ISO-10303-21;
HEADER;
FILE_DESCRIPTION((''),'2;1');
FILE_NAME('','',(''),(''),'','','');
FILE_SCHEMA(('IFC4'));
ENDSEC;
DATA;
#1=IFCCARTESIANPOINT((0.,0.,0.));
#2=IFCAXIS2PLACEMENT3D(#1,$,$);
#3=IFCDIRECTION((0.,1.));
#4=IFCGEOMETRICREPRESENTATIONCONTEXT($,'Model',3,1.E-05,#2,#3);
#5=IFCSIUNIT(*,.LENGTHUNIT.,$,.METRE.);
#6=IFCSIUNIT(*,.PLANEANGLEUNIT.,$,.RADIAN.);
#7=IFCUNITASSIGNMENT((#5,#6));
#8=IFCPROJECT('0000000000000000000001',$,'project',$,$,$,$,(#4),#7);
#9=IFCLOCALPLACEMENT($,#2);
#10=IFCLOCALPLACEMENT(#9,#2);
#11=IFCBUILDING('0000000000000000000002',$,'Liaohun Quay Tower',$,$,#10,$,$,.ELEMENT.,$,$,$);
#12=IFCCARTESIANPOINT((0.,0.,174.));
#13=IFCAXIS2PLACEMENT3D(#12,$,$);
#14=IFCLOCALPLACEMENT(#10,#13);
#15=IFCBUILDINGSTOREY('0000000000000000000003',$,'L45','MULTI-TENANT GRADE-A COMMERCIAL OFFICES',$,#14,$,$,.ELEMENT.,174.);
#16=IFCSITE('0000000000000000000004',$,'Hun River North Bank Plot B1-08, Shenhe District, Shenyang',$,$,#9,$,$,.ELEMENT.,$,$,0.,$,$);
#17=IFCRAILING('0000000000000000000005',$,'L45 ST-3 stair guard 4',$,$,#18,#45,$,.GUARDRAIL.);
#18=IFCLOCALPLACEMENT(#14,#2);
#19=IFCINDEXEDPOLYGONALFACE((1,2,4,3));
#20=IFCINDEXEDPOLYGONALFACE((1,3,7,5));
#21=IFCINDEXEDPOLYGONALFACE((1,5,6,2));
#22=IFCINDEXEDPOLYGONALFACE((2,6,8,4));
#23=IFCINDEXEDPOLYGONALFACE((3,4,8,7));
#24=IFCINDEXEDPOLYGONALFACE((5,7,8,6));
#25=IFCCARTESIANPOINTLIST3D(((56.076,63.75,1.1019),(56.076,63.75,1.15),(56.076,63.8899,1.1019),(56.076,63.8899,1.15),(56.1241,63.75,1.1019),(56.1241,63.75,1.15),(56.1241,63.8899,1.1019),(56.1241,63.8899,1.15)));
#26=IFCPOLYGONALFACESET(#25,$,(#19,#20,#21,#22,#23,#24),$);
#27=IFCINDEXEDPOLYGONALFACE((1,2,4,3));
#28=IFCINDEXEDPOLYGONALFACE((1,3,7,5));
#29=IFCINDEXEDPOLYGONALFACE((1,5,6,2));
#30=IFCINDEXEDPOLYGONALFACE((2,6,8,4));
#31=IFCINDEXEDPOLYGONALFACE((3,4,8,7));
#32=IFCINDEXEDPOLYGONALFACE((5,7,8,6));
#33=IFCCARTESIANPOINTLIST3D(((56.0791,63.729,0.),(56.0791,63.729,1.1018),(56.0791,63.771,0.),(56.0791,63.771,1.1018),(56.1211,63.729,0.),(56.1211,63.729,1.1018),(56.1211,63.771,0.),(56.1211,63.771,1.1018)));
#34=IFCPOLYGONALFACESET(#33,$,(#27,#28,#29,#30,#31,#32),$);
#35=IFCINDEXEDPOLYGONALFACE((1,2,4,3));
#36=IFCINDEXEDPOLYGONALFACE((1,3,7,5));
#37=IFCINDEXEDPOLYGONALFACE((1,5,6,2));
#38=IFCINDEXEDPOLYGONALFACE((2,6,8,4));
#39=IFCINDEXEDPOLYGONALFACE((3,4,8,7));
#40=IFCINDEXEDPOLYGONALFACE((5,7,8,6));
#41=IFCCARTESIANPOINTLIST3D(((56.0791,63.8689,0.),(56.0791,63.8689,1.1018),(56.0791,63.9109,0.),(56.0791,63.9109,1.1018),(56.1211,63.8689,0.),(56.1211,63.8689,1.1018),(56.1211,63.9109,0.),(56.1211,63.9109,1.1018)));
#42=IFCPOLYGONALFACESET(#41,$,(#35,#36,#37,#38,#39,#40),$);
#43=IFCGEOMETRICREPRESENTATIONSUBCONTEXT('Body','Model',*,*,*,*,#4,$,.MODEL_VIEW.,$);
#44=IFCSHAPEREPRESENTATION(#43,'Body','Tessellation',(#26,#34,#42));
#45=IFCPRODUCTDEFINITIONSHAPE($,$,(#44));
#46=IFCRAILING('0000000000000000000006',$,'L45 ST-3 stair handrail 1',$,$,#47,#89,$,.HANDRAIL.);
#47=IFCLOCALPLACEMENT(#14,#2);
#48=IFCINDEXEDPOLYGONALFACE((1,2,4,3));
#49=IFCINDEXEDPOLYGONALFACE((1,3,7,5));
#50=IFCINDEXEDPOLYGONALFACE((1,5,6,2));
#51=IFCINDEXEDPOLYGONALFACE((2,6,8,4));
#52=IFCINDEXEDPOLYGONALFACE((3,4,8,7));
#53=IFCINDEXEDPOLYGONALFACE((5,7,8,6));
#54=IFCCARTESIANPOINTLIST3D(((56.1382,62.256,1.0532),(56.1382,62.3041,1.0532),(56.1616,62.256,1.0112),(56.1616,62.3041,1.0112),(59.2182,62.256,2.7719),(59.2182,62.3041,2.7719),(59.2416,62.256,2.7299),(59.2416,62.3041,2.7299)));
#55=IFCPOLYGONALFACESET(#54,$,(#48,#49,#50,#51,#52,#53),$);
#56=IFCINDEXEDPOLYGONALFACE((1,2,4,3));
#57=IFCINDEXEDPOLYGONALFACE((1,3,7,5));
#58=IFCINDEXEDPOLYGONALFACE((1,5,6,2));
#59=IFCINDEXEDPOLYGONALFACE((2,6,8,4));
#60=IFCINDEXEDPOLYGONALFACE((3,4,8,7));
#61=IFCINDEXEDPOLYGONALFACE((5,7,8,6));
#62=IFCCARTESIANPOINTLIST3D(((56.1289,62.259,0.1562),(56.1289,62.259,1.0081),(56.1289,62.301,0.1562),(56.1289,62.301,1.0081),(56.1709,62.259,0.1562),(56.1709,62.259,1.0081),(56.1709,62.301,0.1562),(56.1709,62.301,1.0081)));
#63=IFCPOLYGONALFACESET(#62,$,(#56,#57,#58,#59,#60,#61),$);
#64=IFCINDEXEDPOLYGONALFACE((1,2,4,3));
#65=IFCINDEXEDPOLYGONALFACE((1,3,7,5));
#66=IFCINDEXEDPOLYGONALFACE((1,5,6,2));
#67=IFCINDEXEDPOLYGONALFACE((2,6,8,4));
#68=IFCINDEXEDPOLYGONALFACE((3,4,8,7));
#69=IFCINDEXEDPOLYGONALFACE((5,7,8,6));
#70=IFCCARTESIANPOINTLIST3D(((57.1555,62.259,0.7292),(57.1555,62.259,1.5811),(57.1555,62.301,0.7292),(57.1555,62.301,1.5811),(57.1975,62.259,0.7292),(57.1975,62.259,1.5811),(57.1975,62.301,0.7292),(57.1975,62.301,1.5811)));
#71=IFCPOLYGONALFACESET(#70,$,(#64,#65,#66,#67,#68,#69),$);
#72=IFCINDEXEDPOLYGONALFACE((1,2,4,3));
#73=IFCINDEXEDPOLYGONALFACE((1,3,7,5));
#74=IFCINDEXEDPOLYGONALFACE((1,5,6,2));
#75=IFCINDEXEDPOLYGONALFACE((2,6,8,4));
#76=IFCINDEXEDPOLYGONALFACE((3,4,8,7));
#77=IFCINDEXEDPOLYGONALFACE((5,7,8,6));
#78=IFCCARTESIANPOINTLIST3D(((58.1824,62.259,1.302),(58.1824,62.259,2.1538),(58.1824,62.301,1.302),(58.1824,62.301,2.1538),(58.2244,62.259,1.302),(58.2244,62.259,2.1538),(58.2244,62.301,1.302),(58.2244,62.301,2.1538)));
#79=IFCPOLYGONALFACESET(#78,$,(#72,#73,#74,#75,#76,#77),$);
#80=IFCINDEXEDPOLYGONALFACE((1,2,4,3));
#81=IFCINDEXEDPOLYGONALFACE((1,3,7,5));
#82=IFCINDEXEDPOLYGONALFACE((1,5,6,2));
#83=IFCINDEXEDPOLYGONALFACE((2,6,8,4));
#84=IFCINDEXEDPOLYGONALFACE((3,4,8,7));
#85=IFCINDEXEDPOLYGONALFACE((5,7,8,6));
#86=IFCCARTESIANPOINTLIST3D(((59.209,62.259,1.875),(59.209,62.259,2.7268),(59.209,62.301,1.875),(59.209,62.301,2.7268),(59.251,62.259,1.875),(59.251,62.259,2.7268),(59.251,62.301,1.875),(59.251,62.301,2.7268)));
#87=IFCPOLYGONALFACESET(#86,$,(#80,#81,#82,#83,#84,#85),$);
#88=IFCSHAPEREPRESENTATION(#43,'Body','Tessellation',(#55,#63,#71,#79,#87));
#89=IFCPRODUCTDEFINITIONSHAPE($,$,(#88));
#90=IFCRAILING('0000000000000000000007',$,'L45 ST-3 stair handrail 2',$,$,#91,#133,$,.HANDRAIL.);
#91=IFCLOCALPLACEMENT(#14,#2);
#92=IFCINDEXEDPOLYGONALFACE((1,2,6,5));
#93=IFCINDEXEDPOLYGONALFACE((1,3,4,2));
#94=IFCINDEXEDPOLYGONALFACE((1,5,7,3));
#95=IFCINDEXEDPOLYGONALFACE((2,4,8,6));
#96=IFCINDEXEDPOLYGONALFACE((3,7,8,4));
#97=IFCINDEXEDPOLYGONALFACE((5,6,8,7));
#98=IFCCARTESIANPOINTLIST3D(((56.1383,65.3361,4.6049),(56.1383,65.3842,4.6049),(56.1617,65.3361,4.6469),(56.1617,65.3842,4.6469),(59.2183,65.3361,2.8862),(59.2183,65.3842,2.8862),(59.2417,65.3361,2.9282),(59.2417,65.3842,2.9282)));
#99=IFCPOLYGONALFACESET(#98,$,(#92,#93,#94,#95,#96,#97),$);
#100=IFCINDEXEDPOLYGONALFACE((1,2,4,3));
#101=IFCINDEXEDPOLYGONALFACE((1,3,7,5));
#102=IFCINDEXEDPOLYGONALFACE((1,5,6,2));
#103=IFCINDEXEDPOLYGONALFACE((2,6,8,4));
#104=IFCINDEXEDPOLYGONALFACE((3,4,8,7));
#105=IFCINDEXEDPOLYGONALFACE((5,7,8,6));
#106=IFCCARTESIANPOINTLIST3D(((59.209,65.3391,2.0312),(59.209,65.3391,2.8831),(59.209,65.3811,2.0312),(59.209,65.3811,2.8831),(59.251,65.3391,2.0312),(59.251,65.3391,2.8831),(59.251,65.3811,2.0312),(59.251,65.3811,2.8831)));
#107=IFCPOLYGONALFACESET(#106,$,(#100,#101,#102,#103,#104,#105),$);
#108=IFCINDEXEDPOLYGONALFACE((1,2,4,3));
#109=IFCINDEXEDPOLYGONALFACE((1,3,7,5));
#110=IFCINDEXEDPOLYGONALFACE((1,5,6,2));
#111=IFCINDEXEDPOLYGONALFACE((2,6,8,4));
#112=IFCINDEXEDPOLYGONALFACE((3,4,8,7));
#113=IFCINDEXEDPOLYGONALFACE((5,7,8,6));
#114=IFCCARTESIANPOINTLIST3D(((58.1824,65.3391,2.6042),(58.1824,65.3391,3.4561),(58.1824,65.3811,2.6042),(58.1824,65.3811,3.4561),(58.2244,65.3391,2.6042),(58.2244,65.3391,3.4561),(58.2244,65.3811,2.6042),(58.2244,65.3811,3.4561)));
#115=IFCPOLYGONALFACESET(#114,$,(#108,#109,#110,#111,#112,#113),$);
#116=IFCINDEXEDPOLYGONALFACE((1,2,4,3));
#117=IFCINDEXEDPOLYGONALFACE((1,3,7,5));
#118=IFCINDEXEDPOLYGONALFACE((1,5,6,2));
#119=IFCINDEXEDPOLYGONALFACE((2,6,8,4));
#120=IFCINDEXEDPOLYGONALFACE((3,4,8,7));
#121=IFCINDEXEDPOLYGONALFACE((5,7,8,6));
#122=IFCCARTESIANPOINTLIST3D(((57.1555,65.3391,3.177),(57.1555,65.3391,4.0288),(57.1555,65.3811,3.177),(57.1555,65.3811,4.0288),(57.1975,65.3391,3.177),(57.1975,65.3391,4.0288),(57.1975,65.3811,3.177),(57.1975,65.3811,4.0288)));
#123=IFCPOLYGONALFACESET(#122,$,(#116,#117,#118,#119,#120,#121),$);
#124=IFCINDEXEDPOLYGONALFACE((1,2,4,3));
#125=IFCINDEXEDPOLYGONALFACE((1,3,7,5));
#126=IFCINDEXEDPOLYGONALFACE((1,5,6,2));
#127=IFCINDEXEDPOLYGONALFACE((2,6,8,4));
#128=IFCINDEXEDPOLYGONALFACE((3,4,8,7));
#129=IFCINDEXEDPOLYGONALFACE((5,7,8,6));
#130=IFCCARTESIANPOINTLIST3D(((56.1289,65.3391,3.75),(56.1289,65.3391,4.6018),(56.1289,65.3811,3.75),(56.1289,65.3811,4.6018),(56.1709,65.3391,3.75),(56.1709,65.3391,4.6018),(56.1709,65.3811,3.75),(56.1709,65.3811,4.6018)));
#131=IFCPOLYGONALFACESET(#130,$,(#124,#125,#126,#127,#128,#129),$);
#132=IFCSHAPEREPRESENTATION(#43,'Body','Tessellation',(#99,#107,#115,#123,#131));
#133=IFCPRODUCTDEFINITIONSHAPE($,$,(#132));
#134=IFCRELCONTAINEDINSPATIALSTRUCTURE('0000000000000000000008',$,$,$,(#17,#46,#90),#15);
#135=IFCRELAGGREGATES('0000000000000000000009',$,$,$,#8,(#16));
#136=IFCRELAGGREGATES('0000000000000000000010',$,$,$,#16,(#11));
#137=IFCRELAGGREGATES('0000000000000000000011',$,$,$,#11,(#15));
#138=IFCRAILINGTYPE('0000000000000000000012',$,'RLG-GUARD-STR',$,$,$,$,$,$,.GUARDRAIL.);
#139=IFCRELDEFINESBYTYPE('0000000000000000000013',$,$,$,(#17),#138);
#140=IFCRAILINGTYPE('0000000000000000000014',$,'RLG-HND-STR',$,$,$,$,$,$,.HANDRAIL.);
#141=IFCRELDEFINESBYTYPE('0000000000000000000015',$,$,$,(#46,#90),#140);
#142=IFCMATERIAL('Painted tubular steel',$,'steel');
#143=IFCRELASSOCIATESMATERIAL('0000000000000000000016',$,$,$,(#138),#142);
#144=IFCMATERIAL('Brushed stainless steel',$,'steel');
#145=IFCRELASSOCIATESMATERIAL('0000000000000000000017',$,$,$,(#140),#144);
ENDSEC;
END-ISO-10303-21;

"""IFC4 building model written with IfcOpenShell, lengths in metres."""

from ifc_helpers import new_model, si_unit, direction, frame, origin, origin_2d, place, context, subcontext, project, spatial, rectangle, extrude, material, type_object, element, save


model = new_model("IFC4")

# Units and contexts
model_context = context("Model", 3, precision=1e-05, world=origin(), true_north=direction((0.0, 1.0)))
body_context = subcontext(model_context, "Body", "Model", "MODEL_VIEW")
ifc_project = project(units=[si_unit("LENGTHUNIT", "METRE"), si_unit("PLANEANGLEUNIT", "RADIAN")], contexts=[model_context])

# Site, building, storey
site_placement = place(None, origin())
site = spatial("IfcSite", under=ifc_project, at=site_placement, Name="Hun River North Bank Plot B1-08, Shenhe District, Shenyang", CompositionType="ELEMENT", RefElevation=0.0)
building_placement = place(site_placement, origin())
building = spatial("IfcBuilding", under=site, at=building_placement, Name="Liaohun Quay Tower", CompositionType="ELEMENT")
storey_placement = place(building_placement, frame((0.0, 0.0, 174.0)))
storey = spatial("IfcBuildingStorey", under=building, at=storey_placement, Name="L45", Description="MULTI-TENANT GRADE-A COMMERCIAL OFFICES", CompositionType="ELEMENT", Elevation=174.0)

# Railings
ifc_material_1 = material(Name="Painted tubular steel", Category="steel")
railing_type_1 = type_object("IfcRailingType", Name="RLG-GUARD-STR", PredefinedType="GUARDRAIL", material=ifc_material_1)
railing_1_placement = place(storey_placement, frame((56.1001, 63.75, 0.0)))
element("IfcRailing", 1, at=railing_1_placement, inside=storey, type_object=railing_type_1, Name="L45 ST-3 stair guard 4", PredefinedType="GUARDRAIL", context=body_context, shape_type="SweptSolid", body=[
    extrude(rectangle(XDim=0.0481, YDim=0.0481, at=origin_2d()), frame((0.0, 0.0, 1.126), z_axis=(0.0, 1.0, 0.0), x_axis=(-1.0, 0.0, 0.0)), (0.0, 0.0, 1.0), 0.1399),
    extrude(rectangle(XDim=0.042, YDim=0.042, at=origin_2d()), origin(), (0.0, 0.0, 1.0), 1.1018),
    extrude(rectangle(XDim=0.042, YDim=0.042, at=origin_2d()), frame((0.0, 0.1399, 0.0)), (0.0, 0.0, 1.0), 1.1018),
])
ifc_material_2 = material(Name="Brushed stainless steel", Category="steel")
railing_type_2 = type_object("IfcRailingType", Name="RLG-HND-STR", PredefinedType="HANDRAIL", material=ifc_material_2)
railing_2_placement = place(storey_placement, frame((56.1499, 62.28, 0.1562)))
element("IfcRailing", 2, at=railing_2_placement, inside=storey, type_object=railing_type_2, Name="L45 ST-3 stair handrail 1", PredefinedType="HANDRAIL", context=body_context, shape_type="SweptSolid", body=[
    extrude(rectangle(XDim=0.0481, YDim=0.0481, at=origin_2d()), frame((0.0, 0.0, 0.876), z_axis=(0.873242, 0.0, 0.487288), x_axis=(0.0, 1.0, 0.0)), (0.0, 0.0, 1.0), 3.5271),
    extrude(rectangle(XDim=0.042, YDim=0.042, at=origin_2d()), origin(), (0.0, 0.0, 1.0), 0.8518),
    extrude(rectangle(XDim=0.042, YDim=0.042, at=origin_2d()), frame((1.0266, 0.0, 0.573)), (0.0, 0.0, 1.0), 0.8518),
    extrude(rectangle(XDim=0.042, YDim=0.042, at=origin_2d()), frame((2.0535, 0.0, 1.1458)), (0.0, 0.0, 1.0), 0.8518),
    extrude(rectangle(XDim=0.042, YDim=0.042, at=origin_2d()), frame((3.0801, 0.0, 1.7188)), (0.0, 0.0, 1.0), 0.8518),
])
railing_3_placement = place(storey_placement, frame((59.23, 65.3601, 2.0312)))
element("IfcRailing", 3, at=railing_3_placement, inside=storey, type_object=railing_type_2, Name="L45 ST-3 stair handrail 2", PredefinedType="HANDRAIL", context=body_context, shape_type="SweptSolid", body=[
    extrude(rectangle(XDim=0.0481, YDim=0.0481, at=origin_2d()), frame((0.0, 0.0, 0.876), z_axis=(-0.873242, 0.0, 0.487288), x_axis=(0.0, -1.0, 0.0)), (0.0, 0.0, 1.0), 3.5271),
    extrude(rectangle(XDim=0.042, YDim=0.042, at=origin_2d()), origin(), (0.0, 0.0, 1.0), 0.8518),
    extrude(rectangle(XDim=0.042, YDim=0.042, at=origin_2d()), frame((-1.0266, 0.0, 0.573)), (0.0, 0.0, 1.0), 0.8518),
    extrude(rectangle(XDim=0.042, YDim=0.042, at=origin_2d()), frame((-2.0535, 0.0, 1.1458)), (0.0, 0.0, 1.0), 0.8518),
    extrude(rectangle(XDim=0.042, YDim=0.042, at=origin_2d()), frame((-3.0801, 0.0, 1.7188)), (0.0, 0.0, 1.0), 0.8518),
])

save(model, "model.ifc")
